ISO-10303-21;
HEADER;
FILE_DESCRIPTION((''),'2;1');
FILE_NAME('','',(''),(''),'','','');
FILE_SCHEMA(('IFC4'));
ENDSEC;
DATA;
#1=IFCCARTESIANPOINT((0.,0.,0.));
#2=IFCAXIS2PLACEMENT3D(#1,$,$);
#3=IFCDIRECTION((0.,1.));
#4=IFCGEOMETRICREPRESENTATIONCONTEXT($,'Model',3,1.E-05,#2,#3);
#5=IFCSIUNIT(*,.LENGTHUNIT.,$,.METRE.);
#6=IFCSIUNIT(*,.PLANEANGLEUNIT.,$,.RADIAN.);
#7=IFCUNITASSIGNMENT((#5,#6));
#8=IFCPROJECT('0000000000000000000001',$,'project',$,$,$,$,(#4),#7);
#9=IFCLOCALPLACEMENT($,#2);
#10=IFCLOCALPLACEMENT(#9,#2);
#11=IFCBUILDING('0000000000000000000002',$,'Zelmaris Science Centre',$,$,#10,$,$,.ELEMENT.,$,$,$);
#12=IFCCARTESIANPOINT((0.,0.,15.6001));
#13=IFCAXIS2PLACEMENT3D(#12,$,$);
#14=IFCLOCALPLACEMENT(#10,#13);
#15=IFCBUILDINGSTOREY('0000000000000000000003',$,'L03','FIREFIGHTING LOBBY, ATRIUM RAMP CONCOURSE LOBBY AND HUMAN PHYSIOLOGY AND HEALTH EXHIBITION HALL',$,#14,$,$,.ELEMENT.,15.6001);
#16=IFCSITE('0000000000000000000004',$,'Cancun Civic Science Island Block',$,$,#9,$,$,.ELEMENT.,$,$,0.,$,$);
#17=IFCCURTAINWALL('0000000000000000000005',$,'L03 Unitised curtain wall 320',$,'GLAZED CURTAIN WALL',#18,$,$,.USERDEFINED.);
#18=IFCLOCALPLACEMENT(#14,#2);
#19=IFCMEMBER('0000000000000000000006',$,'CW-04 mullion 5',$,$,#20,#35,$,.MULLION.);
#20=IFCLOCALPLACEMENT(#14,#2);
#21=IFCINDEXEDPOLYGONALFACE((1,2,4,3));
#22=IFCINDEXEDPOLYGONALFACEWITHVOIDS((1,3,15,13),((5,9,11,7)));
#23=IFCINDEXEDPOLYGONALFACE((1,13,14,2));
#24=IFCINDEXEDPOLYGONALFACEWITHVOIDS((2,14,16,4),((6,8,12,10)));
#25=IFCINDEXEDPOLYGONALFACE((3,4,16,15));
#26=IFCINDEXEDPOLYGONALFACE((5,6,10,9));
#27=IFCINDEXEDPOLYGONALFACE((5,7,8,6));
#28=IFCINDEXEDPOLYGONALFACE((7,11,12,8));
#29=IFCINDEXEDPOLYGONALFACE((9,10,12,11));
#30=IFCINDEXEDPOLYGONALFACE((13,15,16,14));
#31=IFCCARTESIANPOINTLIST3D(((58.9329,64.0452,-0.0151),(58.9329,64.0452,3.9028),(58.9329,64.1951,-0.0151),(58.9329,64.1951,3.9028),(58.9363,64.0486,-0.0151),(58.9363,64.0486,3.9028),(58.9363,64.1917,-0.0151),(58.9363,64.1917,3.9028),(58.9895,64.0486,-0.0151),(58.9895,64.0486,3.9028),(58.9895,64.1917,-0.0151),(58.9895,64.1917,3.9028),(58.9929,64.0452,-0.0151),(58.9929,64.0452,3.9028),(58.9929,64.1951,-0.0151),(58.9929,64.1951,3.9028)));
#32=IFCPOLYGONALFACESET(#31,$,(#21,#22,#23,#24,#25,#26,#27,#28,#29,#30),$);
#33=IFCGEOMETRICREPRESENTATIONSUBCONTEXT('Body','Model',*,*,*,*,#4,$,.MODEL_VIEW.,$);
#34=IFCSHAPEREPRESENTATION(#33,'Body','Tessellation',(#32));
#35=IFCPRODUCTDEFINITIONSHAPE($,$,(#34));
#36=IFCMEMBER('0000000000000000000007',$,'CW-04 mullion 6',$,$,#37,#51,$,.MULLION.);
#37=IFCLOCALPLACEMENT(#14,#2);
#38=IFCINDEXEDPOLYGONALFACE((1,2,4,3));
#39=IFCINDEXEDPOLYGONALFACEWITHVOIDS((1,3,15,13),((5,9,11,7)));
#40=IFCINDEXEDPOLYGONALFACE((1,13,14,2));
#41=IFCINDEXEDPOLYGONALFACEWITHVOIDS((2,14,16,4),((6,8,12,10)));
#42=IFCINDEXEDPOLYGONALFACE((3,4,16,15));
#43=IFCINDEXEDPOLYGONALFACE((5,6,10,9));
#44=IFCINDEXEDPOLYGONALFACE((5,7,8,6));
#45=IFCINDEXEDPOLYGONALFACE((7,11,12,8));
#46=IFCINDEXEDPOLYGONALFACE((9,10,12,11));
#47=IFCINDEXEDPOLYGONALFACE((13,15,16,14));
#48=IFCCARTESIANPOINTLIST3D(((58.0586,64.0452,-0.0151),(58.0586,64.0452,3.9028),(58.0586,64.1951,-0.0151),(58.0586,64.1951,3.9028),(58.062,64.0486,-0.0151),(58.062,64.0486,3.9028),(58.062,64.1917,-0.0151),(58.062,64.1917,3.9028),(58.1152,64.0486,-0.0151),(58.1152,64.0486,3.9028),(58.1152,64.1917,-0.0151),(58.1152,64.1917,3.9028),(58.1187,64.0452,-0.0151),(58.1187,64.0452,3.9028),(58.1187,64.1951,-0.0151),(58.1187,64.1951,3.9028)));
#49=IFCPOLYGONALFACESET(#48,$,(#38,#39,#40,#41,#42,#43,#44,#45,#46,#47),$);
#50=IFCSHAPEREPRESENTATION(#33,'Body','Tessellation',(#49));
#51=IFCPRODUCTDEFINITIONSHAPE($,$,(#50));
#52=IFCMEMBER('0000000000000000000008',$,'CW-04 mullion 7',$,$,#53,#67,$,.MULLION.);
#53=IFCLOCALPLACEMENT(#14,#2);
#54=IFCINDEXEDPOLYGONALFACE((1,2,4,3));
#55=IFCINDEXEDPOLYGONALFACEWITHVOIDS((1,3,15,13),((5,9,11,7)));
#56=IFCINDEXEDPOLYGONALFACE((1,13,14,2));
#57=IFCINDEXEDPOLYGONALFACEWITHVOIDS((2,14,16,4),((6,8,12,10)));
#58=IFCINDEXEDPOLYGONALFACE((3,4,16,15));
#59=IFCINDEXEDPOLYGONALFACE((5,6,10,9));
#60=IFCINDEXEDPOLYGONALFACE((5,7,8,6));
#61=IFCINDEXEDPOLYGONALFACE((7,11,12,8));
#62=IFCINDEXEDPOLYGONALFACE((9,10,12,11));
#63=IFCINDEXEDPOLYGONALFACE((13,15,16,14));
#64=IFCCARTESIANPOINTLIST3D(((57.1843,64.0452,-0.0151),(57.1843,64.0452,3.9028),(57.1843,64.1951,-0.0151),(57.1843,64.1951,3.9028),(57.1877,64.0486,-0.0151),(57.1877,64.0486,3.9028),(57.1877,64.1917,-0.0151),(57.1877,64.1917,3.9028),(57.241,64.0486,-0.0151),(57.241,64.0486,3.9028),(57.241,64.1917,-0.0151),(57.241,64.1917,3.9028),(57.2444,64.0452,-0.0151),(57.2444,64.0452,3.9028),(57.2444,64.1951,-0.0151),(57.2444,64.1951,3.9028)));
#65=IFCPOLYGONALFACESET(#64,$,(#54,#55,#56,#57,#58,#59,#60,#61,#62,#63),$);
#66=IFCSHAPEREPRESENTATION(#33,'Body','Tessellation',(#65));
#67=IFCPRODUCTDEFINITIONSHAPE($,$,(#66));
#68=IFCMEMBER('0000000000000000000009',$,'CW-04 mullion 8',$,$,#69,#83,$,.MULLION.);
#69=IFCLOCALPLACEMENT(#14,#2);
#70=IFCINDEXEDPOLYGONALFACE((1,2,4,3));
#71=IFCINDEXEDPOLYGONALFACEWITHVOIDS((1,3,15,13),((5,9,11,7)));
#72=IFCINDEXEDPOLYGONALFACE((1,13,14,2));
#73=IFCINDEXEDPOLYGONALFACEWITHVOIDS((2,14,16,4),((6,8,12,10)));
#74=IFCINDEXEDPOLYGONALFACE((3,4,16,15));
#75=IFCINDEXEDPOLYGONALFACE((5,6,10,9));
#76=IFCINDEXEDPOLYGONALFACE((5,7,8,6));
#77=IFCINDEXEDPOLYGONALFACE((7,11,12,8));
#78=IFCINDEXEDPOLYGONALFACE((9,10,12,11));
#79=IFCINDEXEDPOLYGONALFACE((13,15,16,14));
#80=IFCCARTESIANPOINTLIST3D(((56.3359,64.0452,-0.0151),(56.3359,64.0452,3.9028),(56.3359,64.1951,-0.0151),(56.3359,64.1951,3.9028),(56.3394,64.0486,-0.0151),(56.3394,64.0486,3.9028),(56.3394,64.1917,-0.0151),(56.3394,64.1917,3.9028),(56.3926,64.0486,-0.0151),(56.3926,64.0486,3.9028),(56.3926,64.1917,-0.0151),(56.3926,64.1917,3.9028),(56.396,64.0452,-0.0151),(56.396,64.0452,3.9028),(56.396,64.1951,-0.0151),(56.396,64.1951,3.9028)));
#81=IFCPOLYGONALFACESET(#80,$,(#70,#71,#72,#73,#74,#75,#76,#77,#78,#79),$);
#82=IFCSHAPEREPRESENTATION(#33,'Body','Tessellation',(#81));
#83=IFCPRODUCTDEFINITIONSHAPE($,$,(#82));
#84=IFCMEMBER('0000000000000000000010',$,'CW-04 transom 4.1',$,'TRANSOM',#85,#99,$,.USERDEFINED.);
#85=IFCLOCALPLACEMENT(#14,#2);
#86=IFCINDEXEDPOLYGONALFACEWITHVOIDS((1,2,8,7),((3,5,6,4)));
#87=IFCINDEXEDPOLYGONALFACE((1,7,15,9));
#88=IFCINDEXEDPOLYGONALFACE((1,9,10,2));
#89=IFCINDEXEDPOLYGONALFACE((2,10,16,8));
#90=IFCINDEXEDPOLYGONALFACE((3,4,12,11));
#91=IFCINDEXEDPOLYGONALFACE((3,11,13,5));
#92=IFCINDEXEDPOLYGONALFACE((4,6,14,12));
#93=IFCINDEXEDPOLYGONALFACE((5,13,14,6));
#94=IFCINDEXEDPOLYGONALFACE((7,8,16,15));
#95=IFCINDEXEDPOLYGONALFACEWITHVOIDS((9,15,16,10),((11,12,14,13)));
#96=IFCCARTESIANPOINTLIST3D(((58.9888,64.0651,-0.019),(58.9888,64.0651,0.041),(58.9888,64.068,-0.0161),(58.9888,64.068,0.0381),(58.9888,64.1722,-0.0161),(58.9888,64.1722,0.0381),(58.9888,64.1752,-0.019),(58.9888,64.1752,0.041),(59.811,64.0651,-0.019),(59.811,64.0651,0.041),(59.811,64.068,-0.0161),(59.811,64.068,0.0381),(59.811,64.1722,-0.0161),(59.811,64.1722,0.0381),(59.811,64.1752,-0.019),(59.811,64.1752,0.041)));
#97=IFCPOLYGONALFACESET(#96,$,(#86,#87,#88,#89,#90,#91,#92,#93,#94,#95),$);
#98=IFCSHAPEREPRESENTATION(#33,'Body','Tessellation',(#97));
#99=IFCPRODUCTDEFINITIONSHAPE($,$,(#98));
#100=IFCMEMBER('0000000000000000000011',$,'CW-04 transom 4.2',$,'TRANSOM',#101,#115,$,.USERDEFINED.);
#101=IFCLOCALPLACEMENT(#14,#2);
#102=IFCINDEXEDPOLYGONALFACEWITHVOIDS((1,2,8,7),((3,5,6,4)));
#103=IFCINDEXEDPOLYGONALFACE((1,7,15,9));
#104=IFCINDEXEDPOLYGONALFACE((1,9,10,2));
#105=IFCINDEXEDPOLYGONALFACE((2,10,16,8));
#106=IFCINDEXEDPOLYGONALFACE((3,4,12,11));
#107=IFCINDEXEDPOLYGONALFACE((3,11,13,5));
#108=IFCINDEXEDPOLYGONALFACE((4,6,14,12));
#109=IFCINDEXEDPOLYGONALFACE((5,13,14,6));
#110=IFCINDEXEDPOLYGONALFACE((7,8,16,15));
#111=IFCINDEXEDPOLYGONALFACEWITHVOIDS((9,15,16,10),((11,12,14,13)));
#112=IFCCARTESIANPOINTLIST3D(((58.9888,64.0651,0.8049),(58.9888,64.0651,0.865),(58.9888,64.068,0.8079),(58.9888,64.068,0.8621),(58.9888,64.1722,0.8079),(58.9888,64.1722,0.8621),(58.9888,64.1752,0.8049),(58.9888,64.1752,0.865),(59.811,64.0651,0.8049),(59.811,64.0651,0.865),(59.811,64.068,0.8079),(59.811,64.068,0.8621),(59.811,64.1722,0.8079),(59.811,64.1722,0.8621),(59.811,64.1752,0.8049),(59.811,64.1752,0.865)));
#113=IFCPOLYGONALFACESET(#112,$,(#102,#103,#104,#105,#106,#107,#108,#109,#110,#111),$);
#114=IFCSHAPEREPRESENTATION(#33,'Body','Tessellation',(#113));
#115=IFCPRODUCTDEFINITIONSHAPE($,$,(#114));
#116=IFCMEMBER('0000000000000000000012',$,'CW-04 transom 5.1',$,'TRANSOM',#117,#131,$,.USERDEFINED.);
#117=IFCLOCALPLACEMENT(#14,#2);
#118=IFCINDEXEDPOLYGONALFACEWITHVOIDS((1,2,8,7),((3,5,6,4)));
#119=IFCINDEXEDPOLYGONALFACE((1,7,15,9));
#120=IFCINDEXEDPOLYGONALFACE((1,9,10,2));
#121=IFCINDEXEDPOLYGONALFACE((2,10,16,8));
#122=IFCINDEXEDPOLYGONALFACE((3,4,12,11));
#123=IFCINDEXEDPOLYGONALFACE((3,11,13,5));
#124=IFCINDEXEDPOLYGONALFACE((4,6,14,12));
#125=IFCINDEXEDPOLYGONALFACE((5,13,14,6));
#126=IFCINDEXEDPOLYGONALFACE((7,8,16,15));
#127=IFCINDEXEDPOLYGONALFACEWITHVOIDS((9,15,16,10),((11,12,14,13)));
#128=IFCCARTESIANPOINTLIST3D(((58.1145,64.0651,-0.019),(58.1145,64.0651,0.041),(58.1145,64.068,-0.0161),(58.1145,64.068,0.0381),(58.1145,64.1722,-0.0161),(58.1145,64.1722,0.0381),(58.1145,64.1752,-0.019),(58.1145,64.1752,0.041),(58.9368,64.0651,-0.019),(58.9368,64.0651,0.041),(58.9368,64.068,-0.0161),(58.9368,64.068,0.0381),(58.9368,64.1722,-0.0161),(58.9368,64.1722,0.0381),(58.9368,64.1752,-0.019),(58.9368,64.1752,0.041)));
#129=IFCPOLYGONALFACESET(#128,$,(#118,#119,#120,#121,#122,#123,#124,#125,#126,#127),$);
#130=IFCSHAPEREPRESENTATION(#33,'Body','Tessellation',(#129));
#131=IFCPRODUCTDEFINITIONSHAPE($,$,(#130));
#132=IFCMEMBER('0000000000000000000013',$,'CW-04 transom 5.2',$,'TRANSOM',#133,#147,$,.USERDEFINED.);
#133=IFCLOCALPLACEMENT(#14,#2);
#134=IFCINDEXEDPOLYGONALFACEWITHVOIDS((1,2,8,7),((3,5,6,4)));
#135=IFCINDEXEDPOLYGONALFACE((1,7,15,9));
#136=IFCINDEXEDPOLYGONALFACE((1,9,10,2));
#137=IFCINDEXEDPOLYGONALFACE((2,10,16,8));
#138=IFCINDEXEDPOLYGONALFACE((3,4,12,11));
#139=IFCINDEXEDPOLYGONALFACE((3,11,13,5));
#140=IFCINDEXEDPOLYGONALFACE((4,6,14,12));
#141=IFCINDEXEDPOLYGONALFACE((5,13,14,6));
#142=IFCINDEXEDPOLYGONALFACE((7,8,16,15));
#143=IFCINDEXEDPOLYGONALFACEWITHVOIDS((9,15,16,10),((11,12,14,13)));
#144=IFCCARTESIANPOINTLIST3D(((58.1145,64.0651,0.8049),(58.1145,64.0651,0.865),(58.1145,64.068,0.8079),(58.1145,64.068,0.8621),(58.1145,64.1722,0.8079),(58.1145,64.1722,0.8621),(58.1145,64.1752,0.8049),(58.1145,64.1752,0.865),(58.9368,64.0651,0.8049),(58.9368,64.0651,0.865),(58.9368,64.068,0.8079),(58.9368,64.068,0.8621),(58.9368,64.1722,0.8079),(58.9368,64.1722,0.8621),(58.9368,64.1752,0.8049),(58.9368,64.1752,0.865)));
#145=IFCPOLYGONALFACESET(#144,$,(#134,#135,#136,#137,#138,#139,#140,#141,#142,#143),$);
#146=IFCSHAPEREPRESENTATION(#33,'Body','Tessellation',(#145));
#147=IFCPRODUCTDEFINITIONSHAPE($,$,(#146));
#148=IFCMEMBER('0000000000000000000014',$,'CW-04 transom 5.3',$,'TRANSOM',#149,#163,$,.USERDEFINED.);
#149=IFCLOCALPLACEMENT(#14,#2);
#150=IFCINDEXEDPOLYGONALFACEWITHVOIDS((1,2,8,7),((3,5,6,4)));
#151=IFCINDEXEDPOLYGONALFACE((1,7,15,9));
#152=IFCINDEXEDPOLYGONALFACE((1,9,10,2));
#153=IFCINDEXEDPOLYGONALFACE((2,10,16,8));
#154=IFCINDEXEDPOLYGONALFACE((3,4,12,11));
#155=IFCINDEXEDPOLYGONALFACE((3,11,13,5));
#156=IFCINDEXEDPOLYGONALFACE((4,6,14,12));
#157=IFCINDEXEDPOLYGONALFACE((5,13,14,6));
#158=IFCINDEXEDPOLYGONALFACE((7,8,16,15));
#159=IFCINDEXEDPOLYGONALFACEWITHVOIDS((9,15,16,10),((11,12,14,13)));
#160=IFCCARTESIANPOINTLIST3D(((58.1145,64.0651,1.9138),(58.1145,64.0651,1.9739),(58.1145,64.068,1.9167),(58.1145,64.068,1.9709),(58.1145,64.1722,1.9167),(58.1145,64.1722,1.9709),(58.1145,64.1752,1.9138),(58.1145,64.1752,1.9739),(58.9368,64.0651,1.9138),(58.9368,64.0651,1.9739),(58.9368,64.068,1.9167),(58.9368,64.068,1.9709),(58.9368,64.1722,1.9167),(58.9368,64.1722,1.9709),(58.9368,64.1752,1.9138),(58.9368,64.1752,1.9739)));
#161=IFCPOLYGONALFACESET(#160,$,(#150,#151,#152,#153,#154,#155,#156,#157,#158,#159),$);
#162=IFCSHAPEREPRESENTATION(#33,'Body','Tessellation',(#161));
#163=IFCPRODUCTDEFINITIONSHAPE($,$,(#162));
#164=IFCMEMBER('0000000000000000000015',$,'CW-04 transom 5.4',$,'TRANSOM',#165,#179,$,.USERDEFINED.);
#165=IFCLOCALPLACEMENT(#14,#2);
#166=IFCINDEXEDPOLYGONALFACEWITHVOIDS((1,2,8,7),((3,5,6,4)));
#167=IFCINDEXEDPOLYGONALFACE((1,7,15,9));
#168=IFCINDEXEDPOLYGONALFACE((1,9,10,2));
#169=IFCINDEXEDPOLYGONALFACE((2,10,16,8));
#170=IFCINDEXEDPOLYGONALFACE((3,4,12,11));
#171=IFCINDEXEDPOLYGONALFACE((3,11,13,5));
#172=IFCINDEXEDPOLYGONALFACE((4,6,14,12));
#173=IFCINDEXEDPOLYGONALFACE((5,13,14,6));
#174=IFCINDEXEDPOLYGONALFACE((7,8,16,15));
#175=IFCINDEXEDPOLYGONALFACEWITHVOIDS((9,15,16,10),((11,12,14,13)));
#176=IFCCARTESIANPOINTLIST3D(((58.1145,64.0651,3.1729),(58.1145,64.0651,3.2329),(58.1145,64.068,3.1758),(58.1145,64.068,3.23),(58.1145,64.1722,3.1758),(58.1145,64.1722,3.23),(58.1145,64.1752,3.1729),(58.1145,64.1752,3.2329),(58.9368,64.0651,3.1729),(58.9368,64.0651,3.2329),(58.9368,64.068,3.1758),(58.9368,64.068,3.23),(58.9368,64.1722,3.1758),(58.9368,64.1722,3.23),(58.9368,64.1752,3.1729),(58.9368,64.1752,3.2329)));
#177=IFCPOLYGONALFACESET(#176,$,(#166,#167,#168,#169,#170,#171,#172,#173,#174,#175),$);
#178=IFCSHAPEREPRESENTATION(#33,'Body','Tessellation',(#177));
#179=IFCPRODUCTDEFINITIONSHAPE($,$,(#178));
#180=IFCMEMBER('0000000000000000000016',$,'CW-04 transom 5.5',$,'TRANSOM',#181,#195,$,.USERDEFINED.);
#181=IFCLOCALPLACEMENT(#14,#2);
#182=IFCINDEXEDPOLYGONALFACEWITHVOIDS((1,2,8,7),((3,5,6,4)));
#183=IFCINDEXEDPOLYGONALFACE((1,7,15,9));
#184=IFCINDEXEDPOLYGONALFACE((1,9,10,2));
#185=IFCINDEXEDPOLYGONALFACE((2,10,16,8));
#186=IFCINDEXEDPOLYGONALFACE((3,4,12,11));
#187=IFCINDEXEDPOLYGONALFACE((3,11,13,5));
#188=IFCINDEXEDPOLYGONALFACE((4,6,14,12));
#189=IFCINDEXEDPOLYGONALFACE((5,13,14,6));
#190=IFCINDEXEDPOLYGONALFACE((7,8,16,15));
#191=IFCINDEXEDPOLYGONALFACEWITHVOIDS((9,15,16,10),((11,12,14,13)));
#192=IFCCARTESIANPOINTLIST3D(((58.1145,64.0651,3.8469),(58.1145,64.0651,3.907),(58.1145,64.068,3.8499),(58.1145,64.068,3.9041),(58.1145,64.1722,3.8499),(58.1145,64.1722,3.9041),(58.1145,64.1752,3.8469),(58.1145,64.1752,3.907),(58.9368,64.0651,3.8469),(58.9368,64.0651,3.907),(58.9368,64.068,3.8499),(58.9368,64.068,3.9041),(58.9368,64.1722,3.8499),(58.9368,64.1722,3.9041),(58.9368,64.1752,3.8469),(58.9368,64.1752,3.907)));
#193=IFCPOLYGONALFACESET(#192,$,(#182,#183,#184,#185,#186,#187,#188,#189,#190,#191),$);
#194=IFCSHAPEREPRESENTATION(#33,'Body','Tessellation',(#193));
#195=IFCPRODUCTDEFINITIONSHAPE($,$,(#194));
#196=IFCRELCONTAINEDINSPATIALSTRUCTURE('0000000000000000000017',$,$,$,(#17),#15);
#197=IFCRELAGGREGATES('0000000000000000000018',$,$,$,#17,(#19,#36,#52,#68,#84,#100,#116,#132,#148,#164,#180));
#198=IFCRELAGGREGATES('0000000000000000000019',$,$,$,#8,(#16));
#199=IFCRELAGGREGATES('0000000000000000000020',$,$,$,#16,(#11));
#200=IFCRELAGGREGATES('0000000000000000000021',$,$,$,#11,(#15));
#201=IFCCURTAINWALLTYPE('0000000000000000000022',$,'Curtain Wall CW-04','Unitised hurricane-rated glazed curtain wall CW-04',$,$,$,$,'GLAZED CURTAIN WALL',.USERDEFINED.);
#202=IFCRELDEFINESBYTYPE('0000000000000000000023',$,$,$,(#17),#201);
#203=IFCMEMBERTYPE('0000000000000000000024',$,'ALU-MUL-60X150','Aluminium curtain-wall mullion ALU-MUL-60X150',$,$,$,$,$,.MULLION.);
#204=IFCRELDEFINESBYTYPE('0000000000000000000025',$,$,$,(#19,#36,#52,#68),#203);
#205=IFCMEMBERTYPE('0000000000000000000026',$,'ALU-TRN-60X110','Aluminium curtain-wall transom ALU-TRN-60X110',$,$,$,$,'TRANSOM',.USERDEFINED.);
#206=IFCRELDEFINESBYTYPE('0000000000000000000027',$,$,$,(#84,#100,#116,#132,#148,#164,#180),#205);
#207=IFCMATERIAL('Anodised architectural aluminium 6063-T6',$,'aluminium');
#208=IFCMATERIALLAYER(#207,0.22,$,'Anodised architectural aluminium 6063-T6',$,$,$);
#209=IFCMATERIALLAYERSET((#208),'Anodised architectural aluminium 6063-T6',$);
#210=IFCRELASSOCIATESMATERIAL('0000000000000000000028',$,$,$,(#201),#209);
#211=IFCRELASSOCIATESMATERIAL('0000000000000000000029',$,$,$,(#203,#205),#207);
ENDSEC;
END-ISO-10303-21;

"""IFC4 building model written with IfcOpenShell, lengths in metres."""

from ifc_helpers import new_model, si_unit, direction, frame, origin, origin_2d, place, context, subcontext, project, spatial, hollow_rectangle, extrude, material, layer, layer_set, material_profile, profile_set, type_object, element, aggregate, save


model = new_model("IFC4")

# Units and contexts
model_context = context("Model", 3, precision=1e-05, world=origin(), true_north=direction((0.0, 1.0)))
body_context = subcontext(model_context, "Body", "Model", "MODEL_VIEW")
ifc_project = project(units=[si_unit("LENGTHUNIT", "METRE"), si_unit("PLANEANGLEUNIT", "RADIAN")], contexts=[model_context])

# Site, building, storey
site_placement = place(None, origin())
site = spatial("IfcSite", under=ifc_project, at=site_placement, Name="Cancun Civic Science Island Block", CompositionType="ELEMENT", RefElevation=0.0)
building_placement = place(site_placement, origin())
building = spatial("IfcBuilding", under=site, at=building_placement, Name="Zelmaris Science Centre", CompositionType="ELEMENT")
storey_placement = place(building_placement, frame((0.0, 0.0, 15.6001)))
storey = spatial("IfcBuildingStorey", under=building, at=storey_placement, Name="L03", Description="FIREFIGHTING LOBBY, ATRIUM RAMP CONCOURSE LOBBY AND HUMAN PHYSIOLOGY AND HEALTH EXHIBITION HALL", CompositionType="ELEMENT", Elevation=15.6001)

# Curtain wall, members
ifc_material_1 = material(Name="Anodised architectural aluminium 6063-T6", Category="aluminium")
ifc_layer_1 = layer(ifc_material_1, 0.22, Name="Anodised architectural aluminium 6063-T6")
ifc_layer_set_1 = layer_set([ifc_layer_1], Name="Anodised architectural aluminium 6063-T6")
curtain_wall_type = type_object("IfcCurtainWallType", Name="Curtain Wall CW-04", Description="Unitised hurricane-rated glazed curtain wall CW-04", ElementType="GLAZED CURTAIN WALL", PredefinedType="USERDEFINED", material=ifc_layer_set_1)
curtain_wall_placement = place(storey_placement, origin())
curtain_wall = element("IfcCurtainWall", 1, at=curtain_wall_placement, inside=storey, type_object=curtain_wall_type, Name="L03 Unitised curtain wall 320", ObjectType="GLAZED CURTAIN WALL", PredefinedType="USERDEFINED")
ifc_material_profile_1 = material_profile(ifc_material_1, hollow_rectangle(XDim=0.0601, YDim=0.1499, WallThickness=0.0034, at=origin_2d()), Name="ALU-MUL-60X150")
ifc_profile_set_1 = profile_set([ifc_material_profile_1], Name="Anodised architectural aluminium 6063-T6")
member_type_1 = type_object("IfcMemberType", Name="ALU-MUL-60X150", Description="Aluminium curtain-wall mullion ALU-MUL-60X150", PredefinedType="MULLION", material=ifc_profile_set_1)
member_1_placement = place(storey_placement, frame((58.9629, 64.1201, -0.0151), z_axis=(0.0, 0.0, 1.0), x_axis=(-1.0, 0.000003, 0.0)))
member_1 = element("IfcMember", 2, at=member_1_placement, type_object=member_type_1, Name="CW-04 mullion 5", PredefinedType="MULLION", context=body_context, shape_type="SweptSolid", body=[
    extrude(hollow_rectangle(XDim=0.0601, YDim=0.1499, WallThickness=0.0034, at=origin_2d()), origin(), (0.0, 0.0, 1.0), 3.918),
])
member_2_placement = place(storey_placement, frame((58.0886, 64.1201, -0.0151), z_axis=(0.0, 0.0, 1.0), x_axis=(-1.0, 0.000003, 0.0)))
member_2 = element("IfcMember", 3, at=member_2_placement, type_object=member_type_1, Name="CW-04 mullion 6", PredefinedType="MULLION", context=body_context, shape_type="SweptSolid", body=[
    extrude(hollow_rectangle(XDim=0.0601, YDim=0.1499, WallThickness=0.0034, at=origin_2d()), origin(), (0.0, 0.0, 1.0), 3.918),
])
member_3_placement = place(storey_placement, frame((57.2144, 64.1201, -0.0151), z_axis=(0.0, 0.0, 1.0), x_axis=(-1.0, 0.000003, 0.0)))
member_3 = element("IfcMember", 4, at=member_3_placement, type_object=member_type_1, Name="CW-04 mullion 7", PredefinedType="MULLION", context=body_context, shape_type="SweptSolid", body=[
    extrude(hollow_rectangle(XDim=0.0601, YDim=0.1499, WallThickness=0.0034, at=origin_2d()), origin(), (0.0, 0.0, 1.0), 3.918),
])
member_4_placement = place(storey_placement, frame((56.366, 64.1201, -0.0151), z_axis=(0.0, 0.0, 1.0), x_axis=(-1.0, 0.000003, 0.0)))
member_4 = element("IfcMember", 5, at=member_4_placement, type_object=member_type_1, Name="CW-04 mullion 8", PredefinedType="MULLION", context=body_context, shape_type="SweptSolid", body=[
    extrude(hollow_rectangle(XDim=0.0601, YDim=0.1499, WallThickness=0.0034, at=origin_2d()), origin(), (0.0, 0.0, 1.0), 3.918),
])
ifc_material_profile_2 = material_profile(ifc_material_1, hollow_rectangle(XDim=0.0601, YDim=0.1101, WallThickness=0.0029, at=origin_2d()), Name="ALU-TRN-60X110")
ifc_profile_set_2 = profile_set([ifc_material_profile_2], Name="Anodised architectural aluminium 6063-T6")
member_type_2 = type_object("IfcMemberType", Name="ALU-TRN-60X110", Description="Aluminium curtain-wall transom ALU-TRN-60X110", ElementType="TRANSOM", PredefinedType="USERDEFINED", material=ifc_profile_set_2)
member_5_placement = place(storey_placement, frame((59.811, 64.1201, 0.011), z_axis=(-1.0, 0.0, 0.0), x_axis=(0.0, 0.0, 1.0)))
member_5 = element("IfcMember", 6, at=member_5_placement, type_object=member_type_2, Name="CW-04 transom 4.1", ObjectType="TRANSOM", PredefinedType="USERDEFINED", context=body_context, shape_type="SweptSolid", body=[
    extrude(hollow_rectangle(XDim=0.0601, YDim=0.1101, WallThickness=0.0029, at=origin_2d()), origin(), (0.0, 0.0, 1.0), 0.8223),
])
member_6_placement = place(storey_placement, frame((59.811, 64.1201, 0.835), z_axis=(-1.0, 0.0, 0.0), x_axis=(0.0, 0.0, 1.0)))
member_6 = element("IfcMember", 7, at=member_6_placement, type_object=member_type_2, Name="CW-04 transom 4.2", ObjectType="TRANSOM", PredefinedType="USERDEFINED", context=body_context, shape_type="SweptSolid", body=[
    extrude(hollow_rectangle(XDim=0.0601, YDim=0.1101, WallThickness=0.0029, at=origin_2d()), origin(), (0.0, 0.0, 1.0), 0.8223),
])
member_7_placement = place(storey_placement, frame((58.9368, 64.1201, 0.011), z_axis=(-1.0, 0.0, 0.0), x_axis=(0.0, 0.0, 1.0)))
member_7 = element("IfcMember", 8, at=member_7_placement, type_object=member_type_2, Name="CW-04 transom 5.1", ObjectType="TRANSOM", PredefinedType="USERDEFINED", context=body_context, shape_type="SweptSolid", body=[
    extrude(hollow_rectangle(XDim=0.0601, YDim=0.1101, WallThickness=0.0029, at=origin_2d()), origin(), (0.0, 0.0, 1.0), 0.8223),
])
member_8_placement = place(storey_placement, frame((58.9368, 64.1201, 0.835), z_axis=(-1.0, 0.0, 0.0), x_axis=(0.0, 0.0, 1.0)))
member_8 = element("IfcMember", 9, at=member_8_placement, type_object=member_type_2, Name="CW-04 transom 5.2", ObjectType="TRANSOM", PredefinedType="USERDEFINED", context=body_context, shape_type="SweptSolid", body=[
    extrude(hollow_rectangle(XDim=0.0601, YDim=0.1101, WallThickness=0.0029, at=origin_2d()), origin(), (0.0, 0.0, 1.0), 0.8223),
])
member_9_placement = place(storey_placement, frame((58.9368, 64.1201, 1.9438), z_axis=(-1.0, 0.0, 0.0), x_axis=(0.0, 0.0, 1.0)))
member_9 = element("IfcMember", 10, at=member_9_placement, type_object=member_type_2, Name="CW-04 transom 5.3", ObjectType="TRANSOM", PredefinedType="USERDEFINED", context=body_context, shape_type="SweptSolid", body=[
    extrude(hollow_rectangle(XDim=0.0601, YDim=0.1101, WallThickness=0.0029, at=origin_2d()), origin(), (0.0, 0.0, 1.0), 0.8223),
])
member_10_placement = place(storey_placement, frame((58.9368, 64.1201, 3.2029), z_axis=(-1.0, 0.0, 0.0), x_axis=(0.0, 0.0, 1.0)))
member_10 = element("IfcMember", 11, at=member_10_placement, type_object=member_type_2, Name="CW-04 transom 5.4", ObjectType="TRANSOM", PredefinedType="USERDEFINED", context=body_context, shape_type="SweptSolid", body=[
    extrude(hollow_rectangle(XDim=0.0601, YDim=0.1101, WallThickness=0.0029, at=origin_2d()), origin(), (0.0, 0.0, 1.0), 0.8223),
])
member_11_placement = place(storey_placement, frame((58.9368, 64.1201, 3.877), z_axis=(-1.0, 0.0, 0.0), x_axis=(0.0, 0.0, 1.0)))
member_11 = element("IfcMember", 12, at=member_11_placement, type_object=member_type_2, Name="CW-04 transom 5.5", ObjectType="TRANSOM", PredefinedType="USERDEFINED", context=body_context, shape_type="SweptSolid", body=[
    extrude(hollow_rectangle(XDim=0.0601, YDim=0.1101, WallThickness=0.0029, at=origin_2d()), origin(), (0.0, 0.0, 1.0), 0.8223),
])
aggregate(curtain_wall, [member_1, member_2, member_3, member_4, member_5, member_6, member_7, member_8, member_9, member_10, member_11])

save(model, "model.ifc")
